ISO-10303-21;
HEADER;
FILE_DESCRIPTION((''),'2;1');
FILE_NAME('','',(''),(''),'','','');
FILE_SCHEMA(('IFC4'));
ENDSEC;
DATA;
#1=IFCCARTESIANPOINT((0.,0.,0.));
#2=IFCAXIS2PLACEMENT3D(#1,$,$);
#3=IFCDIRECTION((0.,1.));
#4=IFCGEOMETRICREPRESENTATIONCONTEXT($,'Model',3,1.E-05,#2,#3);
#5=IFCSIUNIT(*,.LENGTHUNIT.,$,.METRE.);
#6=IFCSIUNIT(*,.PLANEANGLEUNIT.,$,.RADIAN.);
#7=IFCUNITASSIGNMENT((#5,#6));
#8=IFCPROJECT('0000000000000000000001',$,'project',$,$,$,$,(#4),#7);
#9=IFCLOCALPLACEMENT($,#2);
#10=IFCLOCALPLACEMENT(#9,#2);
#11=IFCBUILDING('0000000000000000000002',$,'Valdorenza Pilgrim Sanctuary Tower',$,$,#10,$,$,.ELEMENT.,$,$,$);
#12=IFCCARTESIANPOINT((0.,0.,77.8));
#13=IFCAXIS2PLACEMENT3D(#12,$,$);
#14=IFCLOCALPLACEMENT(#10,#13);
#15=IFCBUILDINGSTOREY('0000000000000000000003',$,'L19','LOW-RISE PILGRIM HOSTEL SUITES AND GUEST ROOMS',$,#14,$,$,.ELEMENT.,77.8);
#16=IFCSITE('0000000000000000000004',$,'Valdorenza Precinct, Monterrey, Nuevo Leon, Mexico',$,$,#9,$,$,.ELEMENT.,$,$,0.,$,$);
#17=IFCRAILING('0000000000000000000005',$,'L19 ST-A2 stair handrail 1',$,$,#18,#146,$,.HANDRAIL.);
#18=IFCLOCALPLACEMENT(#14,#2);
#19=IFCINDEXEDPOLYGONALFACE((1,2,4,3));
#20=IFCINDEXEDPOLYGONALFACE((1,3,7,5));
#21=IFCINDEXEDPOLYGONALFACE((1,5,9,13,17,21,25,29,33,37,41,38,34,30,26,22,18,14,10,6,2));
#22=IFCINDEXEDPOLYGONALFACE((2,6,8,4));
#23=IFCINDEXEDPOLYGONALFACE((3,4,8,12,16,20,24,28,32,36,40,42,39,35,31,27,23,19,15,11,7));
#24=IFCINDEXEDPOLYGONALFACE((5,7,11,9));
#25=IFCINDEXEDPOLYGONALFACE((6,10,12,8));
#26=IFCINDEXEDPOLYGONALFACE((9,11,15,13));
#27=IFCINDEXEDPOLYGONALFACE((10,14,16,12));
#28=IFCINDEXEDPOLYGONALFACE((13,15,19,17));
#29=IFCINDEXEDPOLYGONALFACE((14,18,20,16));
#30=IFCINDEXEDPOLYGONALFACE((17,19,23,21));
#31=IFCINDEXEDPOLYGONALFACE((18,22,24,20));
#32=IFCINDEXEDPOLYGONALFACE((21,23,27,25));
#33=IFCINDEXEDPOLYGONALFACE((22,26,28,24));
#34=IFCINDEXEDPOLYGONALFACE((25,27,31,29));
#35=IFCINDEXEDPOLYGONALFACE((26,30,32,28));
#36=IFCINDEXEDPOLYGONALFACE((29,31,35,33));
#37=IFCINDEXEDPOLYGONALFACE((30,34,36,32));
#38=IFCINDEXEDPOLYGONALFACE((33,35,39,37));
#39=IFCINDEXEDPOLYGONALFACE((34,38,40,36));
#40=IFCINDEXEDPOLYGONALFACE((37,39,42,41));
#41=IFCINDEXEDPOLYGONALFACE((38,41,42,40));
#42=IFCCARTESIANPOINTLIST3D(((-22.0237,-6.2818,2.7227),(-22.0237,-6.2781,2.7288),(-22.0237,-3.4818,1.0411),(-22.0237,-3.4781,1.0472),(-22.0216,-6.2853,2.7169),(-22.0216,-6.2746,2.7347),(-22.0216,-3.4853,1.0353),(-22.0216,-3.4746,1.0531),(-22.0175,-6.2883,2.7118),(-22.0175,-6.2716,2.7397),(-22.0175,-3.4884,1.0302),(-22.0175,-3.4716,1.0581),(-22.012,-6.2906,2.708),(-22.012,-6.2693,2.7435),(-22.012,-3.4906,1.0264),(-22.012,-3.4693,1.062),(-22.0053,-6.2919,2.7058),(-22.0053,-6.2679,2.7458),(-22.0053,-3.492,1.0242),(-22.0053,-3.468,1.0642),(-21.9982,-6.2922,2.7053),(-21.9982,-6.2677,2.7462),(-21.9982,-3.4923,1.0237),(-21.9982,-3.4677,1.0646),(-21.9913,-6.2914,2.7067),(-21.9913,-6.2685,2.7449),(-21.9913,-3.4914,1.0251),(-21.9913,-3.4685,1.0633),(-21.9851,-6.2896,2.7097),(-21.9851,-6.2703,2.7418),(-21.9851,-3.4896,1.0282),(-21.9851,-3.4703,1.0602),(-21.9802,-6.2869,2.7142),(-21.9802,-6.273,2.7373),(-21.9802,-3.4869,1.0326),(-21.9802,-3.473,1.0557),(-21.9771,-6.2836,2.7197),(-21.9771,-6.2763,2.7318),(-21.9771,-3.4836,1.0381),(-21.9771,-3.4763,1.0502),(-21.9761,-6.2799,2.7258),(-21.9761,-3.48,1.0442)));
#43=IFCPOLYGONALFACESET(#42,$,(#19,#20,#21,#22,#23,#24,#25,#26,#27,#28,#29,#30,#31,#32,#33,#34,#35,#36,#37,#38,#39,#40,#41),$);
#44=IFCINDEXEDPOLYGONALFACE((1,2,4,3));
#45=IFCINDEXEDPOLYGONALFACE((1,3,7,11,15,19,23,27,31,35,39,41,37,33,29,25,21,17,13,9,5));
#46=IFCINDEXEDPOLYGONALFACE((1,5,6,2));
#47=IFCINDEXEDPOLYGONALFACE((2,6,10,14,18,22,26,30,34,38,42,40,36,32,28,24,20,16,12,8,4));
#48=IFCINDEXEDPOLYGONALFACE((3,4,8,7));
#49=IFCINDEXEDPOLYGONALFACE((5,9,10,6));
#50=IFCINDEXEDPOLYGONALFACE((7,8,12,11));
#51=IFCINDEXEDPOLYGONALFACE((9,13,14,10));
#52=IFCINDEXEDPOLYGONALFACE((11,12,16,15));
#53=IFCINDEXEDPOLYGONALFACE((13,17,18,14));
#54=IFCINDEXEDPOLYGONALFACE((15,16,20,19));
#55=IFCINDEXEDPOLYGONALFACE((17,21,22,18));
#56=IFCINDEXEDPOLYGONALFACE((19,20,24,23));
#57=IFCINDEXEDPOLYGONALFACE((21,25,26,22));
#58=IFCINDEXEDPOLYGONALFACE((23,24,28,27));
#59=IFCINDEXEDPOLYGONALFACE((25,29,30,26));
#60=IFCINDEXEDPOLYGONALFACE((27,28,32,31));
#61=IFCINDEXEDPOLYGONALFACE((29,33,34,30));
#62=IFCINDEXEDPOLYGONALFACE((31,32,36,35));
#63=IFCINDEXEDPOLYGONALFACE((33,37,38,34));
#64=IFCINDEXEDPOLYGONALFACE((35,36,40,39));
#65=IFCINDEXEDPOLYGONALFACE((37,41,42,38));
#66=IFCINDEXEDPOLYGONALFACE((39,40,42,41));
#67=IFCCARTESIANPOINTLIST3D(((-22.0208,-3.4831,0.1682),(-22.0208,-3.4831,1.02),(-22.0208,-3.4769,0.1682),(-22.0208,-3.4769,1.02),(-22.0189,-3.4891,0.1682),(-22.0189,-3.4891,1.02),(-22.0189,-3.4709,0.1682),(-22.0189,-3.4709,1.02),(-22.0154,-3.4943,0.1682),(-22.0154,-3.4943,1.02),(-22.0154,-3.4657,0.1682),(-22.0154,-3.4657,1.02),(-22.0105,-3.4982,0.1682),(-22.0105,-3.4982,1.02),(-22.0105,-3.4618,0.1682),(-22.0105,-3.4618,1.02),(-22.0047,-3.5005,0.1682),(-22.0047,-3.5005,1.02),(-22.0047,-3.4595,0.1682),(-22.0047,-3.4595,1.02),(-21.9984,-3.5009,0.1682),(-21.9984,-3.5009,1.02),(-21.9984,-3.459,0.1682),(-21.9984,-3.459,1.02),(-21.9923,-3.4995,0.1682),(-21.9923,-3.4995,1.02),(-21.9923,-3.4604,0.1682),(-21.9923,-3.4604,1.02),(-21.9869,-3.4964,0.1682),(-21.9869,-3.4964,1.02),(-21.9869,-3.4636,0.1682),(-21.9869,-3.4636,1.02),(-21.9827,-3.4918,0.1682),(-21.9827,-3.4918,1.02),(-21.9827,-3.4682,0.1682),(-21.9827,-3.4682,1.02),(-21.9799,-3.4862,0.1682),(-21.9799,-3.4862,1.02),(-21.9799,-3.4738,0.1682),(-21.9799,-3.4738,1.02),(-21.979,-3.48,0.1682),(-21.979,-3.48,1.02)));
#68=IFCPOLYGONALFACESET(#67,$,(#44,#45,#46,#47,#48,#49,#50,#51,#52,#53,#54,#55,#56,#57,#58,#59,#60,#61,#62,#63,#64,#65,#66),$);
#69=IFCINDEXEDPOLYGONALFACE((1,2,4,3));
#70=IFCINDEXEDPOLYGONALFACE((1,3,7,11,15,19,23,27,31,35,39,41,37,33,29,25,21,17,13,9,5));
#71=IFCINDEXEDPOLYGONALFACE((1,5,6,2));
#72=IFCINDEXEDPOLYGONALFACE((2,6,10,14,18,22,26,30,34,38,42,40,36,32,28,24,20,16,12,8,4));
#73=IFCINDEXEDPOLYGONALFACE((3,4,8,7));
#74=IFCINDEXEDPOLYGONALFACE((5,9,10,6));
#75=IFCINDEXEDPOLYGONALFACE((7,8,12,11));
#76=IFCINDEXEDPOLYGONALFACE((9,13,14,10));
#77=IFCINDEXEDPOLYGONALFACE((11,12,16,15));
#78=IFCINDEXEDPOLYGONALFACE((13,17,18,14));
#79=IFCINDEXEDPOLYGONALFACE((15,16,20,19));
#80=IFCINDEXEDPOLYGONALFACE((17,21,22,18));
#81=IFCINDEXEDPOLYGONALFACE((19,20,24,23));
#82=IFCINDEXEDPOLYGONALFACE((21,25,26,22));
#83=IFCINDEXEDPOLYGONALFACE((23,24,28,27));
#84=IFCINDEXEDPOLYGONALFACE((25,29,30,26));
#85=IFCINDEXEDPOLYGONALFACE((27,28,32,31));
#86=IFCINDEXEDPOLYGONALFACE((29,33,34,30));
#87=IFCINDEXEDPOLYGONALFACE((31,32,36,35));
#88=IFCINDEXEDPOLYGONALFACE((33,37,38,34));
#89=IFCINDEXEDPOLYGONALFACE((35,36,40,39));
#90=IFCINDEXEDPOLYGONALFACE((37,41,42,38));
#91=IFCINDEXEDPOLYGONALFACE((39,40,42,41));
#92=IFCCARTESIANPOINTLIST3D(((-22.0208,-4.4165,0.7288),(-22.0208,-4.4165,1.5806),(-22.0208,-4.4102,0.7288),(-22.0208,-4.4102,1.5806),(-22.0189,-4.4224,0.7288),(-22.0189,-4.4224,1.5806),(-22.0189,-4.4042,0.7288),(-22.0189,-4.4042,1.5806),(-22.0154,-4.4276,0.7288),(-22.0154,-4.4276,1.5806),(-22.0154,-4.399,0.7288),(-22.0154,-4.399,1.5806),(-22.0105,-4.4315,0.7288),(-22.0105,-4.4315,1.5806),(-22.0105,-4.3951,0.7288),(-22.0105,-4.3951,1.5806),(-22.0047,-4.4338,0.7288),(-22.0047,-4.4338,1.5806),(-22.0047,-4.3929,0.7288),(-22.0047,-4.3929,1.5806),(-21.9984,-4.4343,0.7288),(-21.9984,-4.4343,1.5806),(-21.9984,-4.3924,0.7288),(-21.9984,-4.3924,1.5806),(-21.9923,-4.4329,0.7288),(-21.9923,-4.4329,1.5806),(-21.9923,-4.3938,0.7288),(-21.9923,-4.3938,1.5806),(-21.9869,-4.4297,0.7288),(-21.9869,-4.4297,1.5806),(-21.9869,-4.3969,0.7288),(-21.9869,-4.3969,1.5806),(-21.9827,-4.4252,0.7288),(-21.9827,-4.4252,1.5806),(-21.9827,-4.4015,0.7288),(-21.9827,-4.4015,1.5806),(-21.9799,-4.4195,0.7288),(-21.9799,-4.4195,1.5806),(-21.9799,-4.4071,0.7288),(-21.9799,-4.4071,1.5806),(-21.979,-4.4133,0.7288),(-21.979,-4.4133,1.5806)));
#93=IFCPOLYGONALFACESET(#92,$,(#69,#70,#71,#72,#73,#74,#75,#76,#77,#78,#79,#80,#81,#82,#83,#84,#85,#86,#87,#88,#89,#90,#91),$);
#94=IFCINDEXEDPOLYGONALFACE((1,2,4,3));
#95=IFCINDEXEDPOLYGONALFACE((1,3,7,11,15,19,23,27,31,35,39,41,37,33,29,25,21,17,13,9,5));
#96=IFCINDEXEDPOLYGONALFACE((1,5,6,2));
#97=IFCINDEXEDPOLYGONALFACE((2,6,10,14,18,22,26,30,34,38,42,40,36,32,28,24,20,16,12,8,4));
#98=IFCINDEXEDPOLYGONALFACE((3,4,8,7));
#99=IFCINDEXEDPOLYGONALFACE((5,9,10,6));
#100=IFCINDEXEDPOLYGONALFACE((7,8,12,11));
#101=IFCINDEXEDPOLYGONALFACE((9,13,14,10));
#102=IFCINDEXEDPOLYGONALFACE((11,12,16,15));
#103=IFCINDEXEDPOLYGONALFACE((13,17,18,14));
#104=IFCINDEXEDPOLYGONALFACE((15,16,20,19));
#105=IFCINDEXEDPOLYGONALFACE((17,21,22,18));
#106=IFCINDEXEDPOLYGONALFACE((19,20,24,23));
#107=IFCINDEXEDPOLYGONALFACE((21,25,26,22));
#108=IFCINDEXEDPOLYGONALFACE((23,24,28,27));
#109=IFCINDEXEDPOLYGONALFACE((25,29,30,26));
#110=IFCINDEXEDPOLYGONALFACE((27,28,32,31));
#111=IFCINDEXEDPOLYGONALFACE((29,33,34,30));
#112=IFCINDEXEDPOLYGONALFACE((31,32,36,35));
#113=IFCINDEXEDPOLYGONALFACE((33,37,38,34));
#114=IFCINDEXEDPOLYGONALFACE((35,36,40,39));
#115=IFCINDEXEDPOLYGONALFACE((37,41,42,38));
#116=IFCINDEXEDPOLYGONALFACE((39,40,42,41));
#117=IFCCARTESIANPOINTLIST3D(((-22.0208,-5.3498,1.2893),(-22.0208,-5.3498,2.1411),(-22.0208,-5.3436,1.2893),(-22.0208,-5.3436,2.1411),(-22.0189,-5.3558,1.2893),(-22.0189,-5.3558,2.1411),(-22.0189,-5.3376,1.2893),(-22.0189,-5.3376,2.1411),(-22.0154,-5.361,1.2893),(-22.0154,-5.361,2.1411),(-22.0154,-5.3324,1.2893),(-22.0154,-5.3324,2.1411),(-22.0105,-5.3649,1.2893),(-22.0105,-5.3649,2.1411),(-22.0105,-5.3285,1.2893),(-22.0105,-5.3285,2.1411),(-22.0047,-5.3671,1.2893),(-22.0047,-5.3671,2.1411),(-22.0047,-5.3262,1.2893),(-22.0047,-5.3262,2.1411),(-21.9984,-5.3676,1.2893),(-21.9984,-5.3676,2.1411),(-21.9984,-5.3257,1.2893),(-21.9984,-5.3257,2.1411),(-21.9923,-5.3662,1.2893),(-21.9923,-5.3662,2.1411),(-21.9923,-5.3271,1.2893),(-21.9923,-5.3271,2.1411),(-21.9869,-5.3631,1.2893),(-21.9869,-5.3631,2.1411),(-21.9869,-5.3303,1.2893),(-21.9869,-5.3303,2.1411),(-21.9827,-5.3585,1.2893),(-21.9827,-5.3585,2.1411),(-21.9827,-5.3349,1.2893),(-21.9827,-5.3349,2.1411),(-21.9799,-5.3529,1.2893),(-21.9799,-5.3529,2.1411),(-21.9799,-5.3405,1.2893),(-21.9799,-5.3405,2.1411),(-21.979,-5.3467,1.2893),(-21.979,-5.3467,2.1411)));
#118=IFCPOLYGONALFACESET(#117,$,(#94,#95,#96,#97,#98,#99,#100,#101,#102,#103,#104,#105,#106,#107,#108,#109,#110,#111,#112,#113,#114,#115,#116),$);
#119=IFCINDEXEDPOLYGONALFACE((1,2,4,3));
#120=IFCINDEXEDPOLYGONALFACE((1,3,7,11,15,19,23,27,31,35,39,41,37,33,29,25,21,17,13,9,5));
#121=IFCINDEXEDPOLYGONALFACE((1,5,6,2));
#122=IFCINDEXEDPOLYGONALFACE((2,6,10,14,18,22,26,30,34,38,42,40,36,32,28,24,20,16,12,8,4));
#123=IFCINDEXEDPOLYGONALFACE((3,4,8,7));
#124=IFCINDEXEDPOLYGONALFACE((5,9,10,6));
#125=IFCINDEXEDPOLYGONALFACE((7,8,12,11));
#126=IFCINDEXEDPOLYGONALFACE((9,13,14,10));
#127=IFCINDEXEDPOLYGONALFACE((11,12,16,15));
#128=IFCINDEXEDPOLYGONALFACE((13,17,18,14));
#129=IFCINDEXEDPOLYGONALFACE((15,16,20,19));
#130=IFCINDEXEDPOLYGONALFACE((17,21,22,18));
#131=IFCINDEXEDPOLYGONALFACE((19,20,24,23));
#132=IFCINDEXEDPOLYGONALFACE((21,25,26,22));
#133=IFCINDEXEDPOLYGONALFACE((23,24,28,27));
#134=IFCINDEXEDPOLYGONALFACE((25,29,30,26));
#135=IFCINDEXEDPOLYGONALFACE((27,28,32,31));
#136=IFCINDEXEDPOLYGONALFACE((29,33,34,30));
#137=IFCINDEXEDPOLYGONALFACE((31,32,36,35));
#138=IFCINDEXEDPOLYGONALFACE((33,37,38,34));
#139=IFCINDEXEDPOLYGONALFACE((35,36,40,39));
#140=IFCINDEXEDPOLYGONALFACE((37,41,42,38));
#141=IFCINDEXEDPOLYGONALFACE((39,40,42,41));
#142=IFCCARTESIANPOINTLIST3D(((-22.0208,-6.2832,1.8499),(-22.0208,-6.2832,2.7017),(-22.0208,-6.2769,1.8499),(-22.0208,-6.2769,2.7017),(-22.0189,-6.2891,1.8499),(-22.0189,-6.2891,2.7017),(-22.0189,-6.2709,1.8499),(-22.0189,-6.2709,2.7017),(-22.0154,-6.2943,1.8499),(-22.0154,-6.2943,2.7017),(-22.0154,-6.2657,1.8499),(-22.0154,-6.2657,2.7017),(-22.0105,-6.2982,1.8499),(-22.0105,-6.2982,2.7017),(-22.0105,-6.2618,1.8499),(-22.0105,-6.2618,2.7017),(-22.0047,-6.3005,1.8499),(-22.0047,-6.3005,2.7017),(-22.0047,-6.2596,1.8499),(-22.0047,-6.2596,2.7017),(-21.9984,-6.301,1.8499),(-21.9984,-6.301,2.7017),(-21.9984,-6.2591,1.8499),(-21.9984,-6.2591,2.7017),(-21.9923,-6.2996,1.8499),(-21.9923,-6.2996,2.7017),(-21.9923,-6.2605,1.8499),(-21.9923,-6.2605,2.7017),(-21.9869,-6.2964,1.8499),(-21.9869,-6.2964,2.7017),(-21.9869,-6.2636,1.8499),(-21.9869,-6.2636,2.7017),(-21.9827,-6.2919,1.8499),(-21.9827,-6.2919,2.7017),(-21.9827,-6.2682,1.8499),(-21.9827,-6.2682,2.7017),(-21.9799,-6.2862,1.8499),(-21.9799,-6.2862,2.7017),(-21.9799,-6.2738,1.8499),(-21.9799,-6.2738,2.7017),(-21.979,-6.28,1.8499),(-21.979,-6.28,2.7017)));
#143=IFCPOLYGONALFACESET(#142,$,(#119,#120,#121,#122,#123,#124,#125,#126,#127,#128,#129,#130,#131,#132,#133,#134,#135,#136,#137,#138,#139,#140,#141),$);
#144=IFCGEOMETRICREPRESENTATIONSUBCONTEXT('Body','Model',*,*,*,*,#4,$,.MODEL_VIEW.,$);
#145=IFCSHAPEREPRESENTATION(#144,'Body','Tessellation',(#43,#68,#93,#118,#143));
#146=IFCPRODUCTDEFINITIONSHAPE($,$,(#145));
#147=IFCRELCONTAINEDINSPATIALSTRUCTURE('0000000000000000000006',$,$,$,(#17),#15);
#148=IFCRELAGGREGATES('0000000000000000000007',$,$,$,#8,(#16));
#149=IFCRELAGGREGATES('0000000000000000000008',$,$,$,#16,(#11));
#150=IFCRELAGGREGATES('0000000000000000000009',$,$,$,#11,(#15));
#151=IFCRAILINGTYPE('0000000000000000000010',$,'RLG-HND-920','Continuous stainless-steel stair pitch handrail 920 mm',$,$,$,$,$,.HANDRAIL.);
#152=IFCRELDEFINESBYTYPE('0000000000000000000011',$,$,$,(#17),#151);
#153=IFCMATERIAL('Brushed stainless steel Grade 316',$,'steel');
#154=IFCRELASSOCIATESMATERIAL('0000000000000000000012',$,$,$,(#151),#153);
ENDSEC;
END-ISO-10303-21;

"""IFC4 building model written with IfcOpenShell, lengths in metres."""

from ifc_helpers import new_model, si_unit, direction, frame, origin, origin_2d, place, context, subcontext, project, spatial, circle, extrude, material, type_object, element, save


model = new_model("IFC4")

# Units and contexts
model_context = context("Model", 3, precision=1e-05, world=origin(), true_north=direction((0.0, 1.0)))
body_context = subcontext(model_context, "Body", "Model", "MODEL_VIEW")
ifc_project = project(units=[si_unit("LENGTHUNIT", "METRE"), si_unit("PLANEANGLEUNIT", "RADIAN")], contexts=[model_context])

# Site, building, storey
site_placement = place(None, origin())
site = spatial("IfcSite", under=ifc_project, at=site_placement, Name="Valdorenza Precinct, Monterrey, Nuevo Leon, Mexico", CompositionType="ELEMENT", RefElevation=0.0)
building_placement = place(site_placement, origin())
building = spatial("IfcBuilding", under=site, at=building_placement, Name="Valdorenza Pilgrim Sanctuary Tower", CompositionType="ELEMENT")
storey_placement = place(building_placement, frame((0.0, 0.0, 77.8)))
storey = spatial("IfcBuildingStorey", under=building, at=storey_placement, Name="L19", Description="LOW-RISE PILGRIM HOSTEL SUITES AND GUEST ROOMS", CompositionType="ELEMENT", Elevation=77.8)

# Shared definitions
ifc_material_1 = material(Name="Brushed stainless steel Grade 316", Category="steel")

# Railing
railing_type_1 = type_object("IfcRailingType", Name="RLG-HND-920", Description="Continuous stainless-steel stair pitch handrail 920 mm", PredefinedType="HANDRAIL", material=ifc_material_1)
railing_1_placement = place(storey_placement, frame((-22.0, -3.48, 0.1682)))
element("IfcRailing", 1, at=railing_1_placement, inside=storey, type_object=railing_type_1, Name="L19 ST-A2 stair handrail 1", PredefinedType="HANDRAIL", context=body_context, shape_type="SweptSolid", body=[
    extrude(circle(Radius=0.0239, at=origin_2d()), frame((0.0, 0.0, 0.876), z_axis=(0.0, -0.857275, 0.514858), x_axis=(1.0, 0.0, 0.0)), (0.0, 0.0, 1.0), 3.2661),
    extrude(circle(Radius=0.021, at=origin_2d()), origin(), (0.0, 0.0, 1.0), 0.8518),
    extrude(circle(Radius=0.021, at=origin_2d()), frame((0.0, -0.9333, 0.5605)), (0.0, 0.0, 1.0), 0.8518),
    extrude(circle(Radius=0.021, at=origin_2d()), frame((0.0, -1.8667, 1.1211)), (0.0, 0.0, 1.0), 0.8518),
    extrude(circle(Radius=0.021, at=origin_2d()), frame((0.0, -2.8, 1.6816)), (0.0, 0.0, 1.0), 0.8518),
])

save(model, "model.ifc")
